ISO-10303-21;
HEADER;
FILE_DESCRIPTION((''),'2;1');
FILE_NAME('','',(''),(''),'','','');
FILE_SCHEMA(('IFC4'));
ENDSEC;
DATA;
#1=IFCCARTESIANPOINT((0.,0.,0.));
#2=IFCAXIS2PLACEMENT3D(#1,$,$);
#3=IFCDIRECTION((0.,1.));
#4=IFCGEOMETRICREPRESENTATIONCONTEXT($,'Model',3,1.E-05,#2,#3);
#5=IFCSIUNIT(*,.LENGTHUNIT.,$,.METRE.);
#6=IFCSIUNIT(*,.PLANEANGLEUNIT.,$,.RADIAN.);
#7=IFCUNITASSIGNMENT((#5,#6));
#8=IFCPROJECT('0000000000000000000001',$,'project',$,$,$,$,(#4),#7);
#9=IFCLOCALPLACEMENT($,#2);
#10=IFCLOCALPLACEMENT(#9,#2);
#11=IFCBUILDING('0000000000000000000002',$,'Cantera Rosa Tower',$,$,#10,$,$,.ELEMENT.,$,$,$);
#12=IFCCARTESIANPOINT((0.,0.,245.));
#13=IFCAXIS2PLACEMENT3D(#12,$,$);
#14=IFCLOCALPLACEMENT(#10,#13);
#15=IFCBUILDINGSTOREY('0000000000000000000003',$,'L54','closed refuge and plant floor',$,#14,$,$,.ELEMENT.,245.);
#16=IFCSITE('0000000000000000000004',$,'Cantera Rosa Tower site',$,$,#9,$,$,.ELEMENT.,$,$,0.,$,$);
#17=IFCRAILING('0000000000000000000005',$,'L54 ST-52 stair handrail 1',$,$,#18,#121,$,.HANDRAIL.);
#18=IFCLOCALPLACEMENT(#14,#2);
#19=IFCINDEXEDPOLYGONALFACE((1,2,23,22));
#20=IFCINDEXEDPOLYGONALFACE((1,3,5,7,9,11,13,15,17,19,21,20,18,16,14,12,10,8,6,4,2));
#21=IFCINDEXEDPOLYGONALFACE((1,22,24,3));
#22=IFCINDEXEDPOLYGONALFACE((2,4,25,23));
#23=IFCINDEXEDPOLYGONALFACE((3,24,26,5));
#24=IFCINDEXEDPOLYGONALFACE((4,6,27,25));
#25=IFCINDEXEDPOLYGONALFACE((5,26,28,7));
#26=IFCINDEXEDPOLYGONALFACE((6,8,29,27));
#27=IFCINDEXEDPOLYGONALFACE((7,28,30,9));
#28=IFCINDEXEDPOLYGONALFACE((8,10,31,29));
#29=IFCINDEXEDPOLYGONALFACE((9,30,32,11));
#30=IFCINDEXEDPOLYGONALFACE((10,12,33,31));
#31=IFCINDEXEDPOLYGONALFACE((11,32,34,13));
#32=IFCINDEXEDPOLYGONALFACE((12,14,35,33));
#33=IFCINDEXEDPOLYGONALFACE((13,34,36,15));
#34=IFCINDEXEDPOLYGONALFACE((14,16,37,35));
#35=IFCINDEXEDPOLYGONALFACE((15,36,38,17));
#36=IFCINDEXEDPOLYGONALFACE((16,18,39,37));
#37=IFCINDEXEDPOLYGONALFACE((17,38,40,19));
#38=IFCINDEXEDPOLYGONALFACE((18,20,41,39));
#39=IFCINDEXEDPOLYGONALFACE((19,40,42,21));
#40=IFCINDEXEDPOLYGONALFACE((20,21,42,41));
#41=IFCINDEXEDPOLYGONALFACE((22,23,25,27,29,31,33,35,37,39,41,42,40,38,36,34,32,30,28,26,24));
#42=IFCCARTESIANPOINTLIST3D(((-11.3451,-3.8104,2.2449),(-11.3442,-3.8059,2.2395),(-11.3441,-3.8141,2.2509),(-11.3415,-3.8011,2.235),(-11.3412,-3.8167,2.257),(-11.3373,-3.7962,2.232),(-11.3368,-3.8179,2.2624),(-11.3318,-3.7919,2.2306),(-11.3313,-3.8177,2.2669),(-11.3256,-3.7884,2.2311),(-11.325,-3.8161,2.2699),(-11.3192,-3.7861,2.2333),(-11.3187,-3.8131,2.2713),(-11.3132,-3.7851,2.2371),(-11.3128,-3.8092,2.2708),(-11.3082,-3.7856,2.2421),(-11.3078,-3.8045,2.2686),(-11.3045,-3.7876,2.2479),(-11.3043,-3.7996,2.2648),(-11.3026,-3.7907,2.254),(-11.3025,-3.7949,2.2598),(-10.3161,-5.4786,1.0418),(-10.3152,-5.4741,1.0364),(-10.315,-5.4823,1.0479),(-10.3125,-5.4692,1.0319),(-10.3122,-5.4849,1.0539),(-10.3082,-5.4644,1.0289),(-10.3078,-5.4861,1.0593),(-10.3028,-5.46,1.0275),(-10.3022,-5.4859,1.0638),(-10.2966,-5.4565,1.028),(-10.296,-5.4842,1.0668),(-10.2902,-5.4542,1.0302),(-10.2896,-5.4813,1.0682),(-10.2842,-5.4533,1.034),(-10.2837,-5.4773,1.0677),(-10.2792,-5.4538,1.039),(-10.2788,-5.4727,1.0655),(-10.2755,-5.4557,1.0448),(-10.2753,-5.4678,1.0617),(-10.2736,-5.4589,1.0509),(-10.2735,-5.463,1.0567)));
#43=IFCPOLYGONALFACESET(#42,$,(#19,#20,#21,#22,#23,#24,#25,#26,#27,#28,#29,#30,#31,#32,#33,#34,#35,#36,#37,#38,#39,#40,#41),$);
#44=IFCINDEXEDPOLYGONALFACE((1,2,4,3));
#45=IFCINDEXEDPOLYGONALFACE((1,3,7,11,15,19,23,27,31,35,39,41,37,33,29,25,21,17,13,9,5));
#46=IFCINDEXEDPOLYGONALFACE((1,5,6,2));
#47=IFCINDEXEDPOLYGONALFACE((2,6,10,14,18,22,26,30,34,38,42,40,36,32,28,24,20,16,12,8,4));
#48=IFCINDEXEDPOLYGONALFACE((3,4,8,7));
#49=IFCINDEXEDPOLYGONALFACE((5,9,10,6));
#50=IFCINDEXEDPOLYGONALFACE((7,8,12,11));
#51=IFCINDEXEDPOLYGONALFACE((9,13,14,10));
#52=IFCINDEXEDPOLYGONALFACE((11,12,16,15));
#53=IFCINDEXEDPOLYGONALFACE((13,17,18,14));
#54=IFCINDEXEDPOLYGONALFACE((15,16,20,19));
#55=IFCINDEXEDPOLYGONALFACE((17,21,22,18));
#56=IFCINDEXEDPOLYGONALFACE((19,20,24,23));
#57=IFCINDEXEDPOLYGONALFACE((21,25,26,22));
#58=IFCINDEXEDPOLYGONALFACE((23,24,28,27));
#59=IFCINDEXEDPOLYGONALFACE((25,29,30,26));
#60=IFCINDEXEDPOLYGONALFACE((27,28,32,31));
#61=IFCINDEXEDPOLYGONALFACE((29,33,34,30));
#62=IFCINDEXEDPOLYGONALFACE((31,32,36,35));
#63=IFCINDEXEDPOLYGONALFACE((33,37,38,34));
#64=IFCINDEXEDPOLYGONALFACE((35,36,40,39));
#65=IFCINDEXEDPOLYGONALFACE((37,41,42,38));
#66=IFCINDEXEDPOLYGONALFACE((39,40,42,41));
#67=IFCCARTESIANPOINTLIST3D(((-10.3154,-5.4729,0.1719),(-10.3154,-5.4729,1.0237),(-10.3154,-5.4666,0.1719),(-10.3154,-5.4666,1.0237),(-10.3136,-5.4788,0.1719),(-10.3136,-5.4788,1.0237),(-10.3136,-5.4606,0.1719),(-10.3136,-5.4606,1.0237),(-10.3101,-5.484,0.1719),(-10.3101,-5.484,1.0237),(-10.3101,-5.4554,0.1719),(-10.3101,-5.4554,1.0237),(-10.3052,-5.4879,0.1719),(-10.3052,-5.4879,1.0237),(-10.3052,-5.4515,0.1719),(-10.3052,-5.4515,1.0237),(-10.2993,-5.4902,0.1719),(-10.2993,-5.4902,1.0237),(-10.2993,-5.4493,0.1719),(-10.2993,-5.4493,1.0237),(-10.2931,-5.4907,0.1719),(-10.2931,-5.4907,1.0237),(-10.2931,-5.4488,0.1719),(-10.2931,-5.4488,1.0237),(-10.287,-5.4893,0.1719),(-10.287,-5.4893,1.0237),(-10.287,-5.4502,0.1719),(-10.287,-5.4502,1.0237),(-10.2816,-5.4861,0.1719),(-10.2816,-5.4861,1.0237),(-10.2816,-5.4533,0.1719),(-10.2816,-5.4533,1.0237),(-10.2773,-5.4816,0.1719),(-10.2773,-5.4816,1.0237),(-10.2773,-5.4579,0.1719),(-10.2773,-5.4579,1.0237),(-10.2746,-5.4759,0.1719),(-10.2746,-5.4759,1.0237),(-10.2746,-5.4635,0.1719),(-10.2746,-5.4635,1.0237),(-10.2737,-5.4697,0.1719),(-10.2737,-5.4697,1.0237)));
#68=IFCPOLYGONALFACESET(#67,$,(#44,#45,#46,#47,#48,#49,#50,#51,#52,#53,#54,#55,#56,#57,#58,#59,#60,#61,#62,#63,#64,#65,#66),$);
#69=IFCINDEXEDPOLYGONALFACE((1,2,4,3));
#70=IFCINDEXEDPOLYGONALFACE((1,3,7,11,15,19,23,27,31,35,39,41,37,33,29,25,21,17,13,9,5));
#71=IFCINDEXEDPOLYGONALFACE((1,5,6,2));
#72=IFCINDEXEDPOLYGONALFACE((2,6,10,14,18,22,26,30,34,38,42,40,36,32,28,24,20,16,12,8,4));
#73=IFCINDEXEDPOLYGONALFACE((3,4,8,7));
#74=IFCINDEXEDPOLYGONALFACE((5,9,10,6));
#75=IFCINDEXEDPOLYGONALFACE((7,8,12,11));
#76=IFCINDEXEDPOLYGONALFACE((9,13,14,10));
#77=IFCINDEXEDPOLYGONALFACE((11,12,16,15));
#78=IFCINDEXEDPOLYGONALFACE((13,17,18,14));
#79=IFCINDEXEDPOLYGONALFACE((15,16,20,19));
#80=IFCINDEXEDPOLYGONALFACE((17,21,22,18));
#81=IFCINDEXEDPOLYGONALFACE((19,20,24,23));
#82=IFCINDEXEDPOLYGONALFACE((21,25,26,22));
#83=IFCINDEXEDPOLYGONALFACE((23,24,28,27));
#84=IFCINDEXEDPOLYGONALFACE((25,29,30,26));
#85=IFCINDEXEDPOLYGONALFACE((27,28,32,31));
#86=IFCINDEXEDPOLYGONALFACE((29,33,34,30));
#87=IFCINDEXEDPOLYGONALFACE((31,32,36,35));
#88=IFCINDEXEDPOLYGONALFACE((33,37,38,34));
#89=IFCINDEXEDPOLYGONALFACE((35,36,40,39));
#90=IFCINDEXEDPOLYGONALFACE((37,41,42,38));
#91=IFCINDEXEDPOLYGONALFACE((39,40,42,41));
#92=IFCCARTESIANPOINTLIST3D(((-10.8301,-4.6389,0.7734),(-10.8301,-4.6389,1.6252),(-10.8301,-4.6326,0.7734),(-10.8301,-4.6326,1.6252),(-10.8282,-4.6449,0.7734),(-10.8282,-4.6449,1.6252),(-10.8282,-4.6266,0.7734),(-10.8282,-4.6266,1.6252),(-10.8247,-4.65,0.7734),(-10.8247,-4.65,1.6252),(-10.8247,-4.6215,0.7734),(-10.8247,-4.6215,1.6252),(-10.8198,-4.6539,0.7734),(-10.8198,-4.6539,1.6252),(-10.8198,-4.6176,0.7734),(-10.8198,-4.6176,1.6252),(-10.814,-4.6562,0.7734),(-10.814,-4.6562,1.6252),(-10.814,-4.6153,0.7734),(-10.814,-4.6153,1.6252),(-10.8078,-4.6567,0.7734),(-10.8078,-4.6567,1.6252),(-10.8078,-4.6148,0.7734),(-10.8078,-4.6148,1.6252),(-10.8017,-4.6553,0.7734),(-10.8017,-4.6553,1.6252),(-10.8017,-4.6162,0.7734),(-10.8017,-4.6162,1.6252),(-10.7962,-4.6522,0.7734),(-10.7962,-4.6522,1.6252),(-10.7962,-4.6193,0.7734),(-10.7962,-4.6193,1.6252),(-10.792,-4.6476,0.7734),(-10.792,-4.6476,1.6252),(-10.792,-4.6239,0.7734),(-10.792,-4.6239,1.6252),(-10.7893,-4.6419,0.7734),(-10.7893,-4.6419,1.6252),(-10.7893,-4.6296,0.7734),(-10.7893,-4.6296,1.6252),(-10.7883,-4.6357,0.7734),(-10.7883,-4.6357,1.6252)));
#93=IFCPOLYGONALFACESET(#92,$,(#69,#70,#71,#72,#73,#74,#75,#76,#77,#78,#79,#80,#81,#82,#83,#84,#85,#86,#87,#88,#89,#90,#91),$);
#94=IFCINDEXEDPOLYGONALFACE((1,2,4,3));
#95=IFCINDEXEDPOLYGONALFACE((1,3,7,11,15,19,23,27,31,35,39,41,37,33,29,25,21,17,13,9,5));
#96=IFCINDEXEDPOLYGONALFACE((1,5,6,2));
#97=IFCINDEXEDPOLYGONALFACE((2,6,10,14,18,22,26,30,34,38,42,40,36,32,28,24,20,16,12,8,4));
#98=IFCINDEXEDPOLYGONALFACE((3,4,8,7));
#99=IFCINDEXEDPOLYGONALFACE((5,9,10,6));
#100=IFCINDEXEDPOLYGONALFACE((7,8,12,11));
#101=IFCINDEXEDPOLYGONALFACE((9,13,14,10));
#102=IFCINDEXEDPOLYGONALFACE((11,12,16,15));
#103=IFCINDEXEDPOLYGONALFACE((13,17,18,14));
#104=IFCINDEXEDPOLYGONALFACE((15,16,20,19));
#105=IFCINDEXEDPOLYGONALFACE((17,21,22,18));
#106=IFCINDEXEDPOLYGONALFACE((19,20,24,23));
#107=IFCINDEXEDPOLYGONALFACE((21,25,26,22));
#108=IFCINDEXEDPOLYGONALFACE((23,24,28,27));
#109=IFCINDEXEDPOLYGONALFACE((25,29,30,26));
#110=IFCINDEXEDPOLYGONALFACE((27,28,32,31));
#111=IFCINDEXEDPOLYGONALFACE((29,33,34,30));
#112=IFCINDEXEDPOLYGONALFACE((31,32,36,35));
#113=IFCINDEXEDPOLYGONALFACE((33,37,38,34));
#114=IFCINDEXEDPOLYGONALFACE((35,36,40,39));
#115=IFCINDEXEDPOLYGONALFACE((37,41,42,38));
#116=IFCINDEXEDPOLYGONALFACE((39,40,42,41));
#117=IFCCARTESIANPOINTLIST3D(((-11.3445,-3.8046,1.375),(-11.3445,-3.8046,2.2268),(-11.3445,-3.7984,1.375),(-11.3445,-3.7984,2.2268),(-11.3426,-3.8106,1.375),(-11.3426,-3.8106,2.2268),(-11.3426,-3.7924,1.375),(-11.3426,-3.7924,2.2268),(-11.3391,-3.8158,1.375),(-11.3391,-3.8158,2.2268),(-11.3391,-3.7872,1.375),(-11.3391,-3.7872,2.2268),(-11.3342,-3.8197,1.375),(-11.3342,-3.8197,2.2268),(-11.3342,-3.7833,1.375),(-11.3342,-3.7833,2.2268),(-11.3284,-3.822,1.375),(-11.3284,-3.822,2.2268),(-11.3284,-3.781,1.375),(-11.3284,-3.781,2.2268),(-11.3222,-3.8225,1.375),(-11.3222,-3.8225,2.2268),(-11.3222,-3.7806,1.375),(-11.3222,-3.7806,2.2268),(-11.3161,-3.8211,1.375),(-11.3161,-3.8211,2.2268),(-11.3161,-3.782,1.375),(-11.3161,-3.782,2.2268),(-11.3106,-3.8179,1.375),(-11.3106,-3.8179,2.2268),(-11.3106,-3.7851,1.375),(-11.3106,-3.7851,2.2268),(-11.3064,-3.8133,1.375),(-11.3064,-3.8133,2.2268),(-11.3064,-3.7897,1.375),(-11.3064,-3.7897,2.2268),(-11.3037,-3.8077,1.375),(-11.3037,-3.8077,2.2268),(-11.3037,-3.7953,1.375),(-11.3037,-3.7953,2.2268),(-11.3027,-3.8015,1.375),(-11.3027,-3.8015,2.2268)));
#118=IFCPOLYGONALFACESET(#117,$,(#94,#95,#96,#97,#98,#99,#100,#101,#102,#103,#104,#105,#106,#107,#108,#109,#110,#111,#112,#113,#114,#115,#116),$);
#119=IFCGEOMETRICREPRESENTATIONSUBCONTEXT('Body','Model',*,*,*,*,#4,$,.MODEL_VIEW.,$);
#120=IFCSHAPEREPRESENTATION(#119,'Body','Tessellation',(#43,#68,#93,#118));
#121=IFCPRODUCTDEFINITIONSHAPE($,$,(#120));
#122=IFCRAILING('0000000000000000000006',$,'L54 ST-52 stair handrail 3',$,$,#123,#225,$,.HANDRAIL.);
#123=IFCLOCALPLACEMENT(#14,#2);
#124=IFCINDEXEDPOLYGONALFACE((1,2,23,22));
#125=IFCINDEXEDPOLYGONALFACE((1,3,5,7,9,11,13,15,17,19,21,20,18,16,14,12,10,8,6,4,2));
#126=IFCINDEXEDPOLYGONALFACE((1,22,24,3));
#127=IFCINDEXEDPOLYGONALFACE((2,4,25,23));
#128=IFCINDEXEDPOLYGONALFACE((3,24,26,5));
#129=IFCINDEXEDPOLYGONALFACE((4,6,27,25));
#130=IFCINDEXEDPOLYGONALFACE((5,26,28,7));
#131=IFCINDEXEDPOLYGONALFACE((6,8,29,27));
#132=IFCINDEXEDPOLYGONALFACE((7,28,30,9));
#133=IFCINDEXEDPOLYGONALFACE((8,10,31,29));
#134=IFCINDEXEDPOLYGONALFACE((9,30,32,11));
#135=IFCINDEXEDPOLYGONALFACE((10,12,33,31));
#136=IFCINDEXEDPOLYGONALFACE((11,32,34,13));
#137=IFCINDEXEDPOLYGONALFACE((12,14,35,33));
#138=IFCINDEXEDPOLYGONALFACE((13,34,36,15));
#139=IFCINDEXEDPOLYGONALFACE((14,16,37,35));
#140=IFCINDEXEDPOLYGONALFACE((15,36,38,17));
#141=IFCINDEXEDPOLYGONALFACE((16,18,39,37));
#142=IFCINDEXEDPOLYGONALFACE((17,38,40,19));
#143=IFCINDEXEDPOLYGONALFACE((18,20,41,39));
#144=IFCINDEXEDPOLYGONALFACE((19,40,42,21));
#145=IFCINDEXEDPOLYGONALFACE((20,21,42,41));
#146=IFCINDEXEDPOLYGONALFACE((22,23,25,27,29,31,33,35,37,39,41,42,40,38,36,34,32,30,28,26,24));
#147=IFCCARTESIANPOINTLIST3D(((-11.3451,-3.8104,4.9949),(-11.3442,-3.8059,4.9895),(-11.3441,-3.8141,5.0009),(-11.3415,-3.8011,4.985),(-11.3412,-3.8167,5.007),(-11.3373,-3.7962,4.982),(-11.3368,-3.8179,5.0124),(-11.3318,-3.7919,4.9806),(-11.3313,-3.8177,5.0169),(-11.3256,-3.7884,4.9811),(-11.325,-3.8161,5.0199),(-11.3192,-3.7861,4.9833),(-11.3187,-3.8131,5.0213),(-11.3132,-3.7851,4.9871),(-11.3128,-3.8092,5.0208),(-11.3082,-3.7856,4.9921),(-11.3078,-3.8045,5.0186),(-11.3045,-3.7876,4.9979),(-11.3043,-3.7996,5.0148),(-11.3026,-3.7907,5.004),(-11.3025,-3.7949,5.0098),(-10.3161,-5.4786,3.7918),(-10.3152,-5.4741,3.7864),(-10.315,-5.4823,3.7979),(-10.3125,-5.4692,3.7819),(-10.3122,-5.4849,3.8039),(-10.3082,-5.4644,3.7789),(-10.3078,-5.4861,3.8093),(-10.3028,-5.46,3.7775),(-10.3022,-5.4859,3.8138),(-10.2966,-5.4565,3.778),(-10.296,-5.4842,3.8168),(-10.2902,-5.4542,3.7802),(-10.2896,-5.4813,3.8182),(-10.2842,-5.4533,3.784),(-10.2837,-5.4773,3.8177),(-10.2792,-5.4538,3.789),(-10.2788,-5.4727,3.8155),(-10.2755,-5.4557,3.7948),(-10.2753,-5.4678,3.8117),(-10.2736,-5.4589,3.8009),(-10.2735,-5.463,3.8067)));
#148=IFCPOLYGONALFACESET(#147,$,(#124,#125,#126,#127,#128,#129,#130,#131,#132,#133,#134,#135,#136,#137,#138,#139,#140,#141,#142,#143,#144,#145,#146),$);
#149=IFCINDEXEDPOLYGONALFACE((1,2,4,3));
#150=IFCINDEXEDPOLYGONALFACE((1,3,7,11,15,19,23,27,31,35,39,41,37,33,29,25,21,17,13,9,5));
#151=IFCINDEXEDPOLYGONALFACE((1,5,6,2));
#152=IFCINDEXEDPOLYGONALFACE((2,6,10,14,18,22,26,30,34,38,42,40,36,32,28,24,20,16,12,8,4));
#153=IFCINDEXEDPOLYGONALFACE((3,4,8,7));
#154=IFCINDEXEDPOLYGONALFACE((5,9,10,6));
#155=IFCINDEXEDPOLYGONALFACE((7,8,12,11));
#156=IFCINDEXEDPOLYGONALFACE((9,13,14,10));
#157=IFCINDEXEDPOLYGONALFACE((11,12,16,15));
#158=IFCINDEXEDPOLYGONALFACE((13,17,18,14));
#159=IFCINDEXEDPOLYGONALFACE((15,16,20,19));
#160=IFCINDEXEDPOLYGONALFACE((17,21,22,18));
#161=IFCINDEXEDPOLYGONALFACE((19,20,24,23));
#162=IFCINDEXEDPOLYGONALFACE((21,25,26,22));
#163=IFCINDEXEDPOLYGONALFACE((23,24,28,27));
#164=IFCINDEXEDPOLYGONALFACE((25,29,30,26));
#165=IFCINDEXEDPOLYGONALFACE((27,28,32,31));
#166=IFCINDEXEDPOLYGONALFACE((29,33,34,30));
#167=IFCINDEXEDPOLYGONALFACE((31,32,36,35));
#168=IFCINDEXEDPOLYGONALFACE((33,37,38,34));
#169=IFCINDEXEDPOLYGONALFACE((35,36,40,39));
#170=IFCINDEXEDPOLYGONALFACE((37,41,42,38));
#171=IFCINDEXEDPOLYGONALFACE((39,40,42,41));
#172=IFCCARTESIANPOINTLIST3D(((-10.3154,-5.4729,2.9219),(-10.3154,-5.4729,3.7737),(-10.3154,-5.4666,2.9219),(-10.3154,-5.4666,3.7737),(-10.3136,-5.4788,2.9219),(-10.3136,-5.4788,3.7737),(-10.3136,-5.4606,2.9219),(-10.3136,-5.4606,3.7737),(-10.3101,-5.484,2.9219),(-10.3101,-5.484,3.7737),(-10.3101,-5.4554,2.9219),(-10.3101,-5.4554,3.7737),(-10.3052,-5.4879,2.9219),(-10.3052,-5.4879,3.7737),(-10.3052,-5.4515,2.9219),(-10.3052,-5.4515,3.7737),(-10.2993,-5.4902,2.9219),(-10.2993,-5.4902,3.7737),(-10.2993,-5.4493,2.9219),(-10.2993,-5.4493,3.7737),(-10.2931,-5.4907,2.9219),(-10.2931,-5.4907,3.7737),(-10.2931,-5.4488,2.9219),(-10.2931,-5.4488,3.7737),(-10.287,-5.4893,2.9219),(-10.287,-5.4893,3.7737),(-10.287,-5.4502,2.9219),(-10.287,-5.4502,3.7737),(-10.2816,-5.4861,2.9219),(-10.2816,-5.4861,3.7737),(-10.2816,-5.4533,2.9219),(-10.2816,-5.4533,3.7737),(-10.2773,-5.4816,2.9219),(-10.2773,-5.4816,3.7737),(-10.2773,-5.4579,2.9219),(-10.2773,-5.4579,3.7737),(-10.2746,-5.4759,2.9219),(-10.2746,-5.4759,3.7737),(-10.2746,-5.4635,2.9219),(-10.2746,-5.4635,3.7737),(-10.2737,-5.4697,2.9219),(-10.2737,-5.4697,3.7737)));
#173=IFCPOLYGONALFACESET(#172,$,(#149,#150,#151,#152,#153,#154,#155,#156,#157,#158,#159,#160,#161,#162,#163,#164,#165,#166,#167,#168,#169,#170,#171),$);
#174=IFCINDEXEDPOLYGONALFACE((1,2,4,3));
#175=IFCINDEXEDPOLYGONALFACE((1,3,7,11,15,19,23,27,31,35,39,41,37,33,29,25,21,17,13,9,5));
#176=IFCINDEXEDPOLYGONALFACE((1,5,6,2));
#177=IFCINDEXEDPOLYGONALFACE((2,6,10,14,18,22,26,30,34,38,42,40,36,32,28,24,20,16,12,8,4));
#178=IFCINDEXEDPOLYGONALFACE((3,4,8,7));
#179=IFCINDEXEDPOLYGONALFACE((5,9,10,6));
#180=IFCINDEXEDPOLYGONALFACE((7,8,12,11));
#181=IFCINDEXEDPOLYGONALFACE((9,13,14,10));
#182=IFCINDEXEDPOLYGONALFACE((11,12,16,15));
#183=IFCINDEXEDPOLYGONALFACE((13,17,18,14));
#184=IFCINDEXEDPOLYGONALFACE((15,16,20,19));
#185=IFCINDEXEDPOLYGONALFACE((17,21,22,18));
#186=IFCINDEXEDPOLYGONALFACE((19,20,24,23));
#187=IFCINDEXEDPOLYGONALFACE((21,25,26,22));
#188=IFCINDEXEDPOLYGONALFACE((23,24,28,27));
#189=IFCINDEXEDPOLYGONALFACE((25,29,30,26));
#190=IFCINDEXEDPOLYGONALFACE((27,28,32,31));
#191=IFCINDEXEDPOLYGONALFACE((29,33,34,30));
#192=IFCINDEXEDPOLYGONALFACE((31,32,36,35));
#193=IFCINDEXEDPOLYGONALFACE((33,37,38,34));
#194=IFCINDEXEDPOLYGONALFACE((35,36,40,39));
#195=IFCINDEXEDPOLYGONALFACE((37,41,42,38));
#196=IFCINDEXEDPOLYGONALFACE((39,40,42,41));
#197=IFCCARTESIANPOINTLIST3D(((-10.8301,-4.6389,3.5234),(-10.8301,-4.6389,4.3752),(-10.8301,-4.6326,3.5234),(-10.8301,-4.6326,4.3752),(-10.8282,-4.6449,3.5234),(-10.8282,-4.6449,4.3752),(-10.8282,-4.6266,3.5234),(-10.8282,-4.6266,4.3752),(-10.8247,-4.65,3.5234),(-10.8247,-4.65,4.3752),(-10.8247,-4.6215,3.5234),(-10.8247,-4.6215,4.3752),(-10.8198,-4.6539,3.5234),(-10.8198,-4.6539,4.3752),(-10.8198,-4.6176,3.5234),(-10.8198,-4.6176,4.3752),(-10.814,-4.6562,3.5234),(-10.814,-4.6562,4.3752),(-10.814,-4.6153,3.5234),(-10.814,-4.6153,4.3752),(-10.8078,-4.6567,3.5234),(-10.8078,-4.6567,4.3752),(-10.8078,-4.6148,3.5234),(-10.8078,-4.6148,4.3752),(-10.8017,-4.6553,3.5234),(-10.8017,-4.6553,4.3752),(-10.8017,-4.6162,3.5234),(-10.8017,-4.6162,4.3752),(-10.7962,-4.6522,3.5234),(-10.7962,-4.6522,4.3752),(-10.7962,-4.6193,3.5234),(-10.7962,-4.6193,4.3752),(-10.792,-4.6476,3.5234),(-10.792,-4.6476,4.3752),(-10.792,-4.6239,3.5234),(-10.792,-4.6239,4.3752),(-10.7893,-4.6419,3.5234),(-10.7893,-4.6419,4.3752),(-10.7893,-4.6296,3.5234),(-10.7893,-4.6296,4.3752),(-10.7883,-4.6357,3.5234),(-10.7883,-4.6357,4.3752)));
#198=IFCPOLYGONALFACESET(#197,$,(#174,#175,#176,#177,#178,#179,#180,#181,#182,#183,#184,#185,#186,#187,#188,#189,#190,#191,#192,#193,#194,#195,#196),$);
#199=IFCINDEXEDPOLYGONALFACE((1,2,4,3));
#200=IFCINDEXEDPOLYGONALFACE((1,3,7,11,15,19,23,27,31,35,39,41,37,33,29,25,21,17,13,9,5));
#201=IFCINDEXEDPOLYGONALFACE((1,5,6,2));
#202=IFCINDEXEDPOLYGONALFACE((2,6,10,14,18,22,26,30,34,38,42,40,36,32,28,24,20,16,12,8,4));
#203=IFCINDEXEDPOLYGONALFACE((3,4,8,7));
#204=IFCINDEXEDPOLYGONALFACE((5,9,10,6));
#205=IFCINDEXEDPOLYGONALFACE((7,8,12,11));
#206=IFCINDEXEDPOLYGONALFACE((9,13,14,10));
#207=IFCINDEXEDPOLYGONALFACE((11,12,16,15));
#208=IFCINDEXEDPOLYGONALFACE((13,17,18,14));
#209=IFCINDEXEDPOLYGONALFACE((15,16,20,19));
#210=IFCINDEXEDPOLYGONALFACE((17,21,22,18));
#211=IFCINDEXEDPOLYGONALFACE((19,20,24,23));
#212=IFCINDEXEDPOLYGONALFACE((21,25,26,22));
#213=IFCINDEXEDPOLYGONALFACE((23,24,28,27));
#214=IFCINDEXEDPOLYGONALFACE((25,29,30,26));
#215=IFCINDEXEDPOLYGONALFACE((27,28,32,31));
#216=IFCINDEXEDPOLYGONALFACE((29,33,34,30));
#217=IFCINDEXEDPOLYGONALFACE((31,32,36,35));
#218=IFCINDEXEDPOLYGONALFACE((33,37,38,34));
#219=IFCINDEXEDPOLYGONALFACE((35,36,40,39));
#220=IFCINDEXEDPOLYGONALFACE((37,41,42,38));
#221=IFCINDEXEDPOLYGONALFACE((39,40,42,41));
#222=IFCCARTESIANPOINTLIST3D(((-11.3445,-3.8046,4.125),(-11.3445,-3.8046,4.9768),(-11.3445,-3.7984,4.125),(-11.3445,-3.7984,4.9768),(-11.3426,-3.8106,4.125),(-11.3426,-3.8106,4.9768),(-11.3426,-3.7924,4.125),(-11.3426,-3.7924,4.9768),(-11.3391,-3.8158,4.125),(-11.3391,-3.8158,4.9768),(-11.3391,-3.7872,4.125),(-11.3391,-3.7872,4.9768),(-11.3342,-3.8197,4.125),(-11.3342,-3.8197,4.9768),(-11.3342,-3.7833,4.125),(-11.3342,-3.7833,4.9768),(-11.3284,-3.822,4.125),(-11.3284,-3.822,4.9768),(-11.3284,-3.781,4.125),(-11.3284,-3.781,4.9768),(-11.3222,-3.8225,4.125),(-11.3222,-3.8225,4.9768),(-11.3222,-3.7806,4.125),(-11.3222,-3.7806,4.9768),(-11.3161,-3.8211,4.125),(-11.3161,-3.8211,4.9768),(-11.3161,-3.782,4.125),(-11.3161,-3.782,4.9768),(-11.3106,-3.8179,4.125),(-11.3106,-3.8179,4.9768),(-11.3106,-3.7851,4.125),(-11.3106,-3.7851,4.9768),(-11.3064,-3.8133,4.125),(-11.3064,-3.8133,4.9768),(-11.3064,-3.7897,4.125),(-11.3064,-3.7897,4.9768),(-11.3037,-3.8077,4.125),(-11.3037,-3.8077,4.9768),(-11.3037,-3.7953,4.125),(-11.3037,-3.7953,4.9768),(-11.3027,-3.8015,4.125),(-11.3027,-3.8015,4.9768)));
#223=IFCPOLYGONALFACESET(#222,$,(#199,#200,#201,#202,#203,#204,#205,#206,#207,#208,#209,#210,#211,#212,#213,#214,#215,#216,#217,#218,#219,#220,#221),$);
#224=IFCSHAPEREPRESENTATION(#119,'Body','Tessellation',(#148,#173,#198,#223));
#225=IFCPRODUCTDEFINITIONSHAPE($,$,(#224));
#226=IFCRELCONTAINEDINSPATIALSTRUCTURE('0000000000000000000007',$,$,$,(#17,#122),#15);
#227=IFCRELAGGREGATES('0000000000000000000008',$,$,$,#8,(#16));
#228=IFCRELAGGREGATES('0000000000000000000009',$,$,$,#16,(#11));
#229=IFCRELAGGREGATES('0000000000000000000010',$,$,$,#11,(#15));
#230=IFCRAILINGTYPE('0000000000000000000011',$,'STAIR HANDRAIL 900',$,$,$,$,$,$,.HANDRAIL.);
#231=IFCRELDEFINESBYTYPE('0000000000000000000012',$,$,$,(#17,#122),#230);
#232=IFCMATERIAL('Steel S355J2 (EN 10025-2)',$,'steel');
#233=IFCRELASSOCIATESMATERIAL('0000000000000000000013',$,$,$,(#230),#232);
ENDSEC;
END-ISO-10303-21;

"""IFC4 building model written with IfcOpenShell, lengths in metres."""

from ifc_helpers import new_model, si_unit, direction, frame, origin, origin_2d, place, context, subcontext, project, spatial, circle, extrude, material, type_object, element, save


model = new_model("IFC4")

# Units and contexts
model_context = context("Model", 3, precision=1e-05, world=origin(), true_north=direction((0.0, 1.0)))
body_context = subcontext(model_context, "Body", "Model", "MODEL_VIEW")
ifc_project = project(units=[si_unit("LENGTHUNIT", "METRE"), si_unit("PLANEANGLEUNIT", "RADIAN")], contexts=[model_context])

# Site, building, storey
site_placement = place(None, origin())
site = spatial("IfcSite", under=ifc_project, at=site_placement, Name="Cantera Rosa Tower site", CompositionType="ELEMENT", RefElevation=0.0)
building_placement = place(site_placement, origin())
building = spatial("IfcBuilding", under=site, at=building_placement, Name="Cantera Rosa Tower", CompositionType="ELEMENT")
storey_placement = place(building_placement, frame((0.0, 0.0, 245.0)))
storey = spatial("IfcBuildingStorey", under=building, at=storey_placement, Name="L54", Description="closed refuge and plant floor", CompositionType="ELEMENT", Elevation=245.0)

# Railings
ifc_material_1 = material(Name="Steel S355J2 (EN 10025-2)", Category="steel")
railing_type_1 = type_object("IfcRailingType", Name="STAIR HANDRAIL 900", PredefinedType="HANDRAIL", material=ifc_material_1)
for number, where, name in (
    (1, (-10.2947, -5.4697, 0.1719), "L54 ST-52 stair handrail 1"),
    (2, (-10.2947, -5.4697, 2.9219), "L54 ST-52 stair handrail 3"),
):
    element("IfcRailing", number, at=place(storey_placement, frame(where)), inside=storey, type_object=railing_type_1, Name=name, PredefinedType="HANDRAIL", context=body_context, shape_type="SweptSolid", body=[
        extrude(circle(Radius=0.0239, at=origin_2d()), frame((0.0, 0.0, 0.876), z_axis=(-0.44744, 0.725352, 0.523128), x_axis=(-0.851098, -0.525008, 0.0)), (0.0, 0.0, 1.0), 2.2998),
        extrude(circle(Radius=0.021, at=origin_2d()), origin(), (0.0, 0.0, 1.0), 0.8518),
        extrude(circle(Radius=0.021, at=origin_2d()), frame((-0.5146, 0.834, 0.6016)), (0.0, 0.0, 1.0), 0.8518),
        extrude(circle(Radius=0.021, at=origin_2d()), frame((-1.0291, 1.6682, 1.2031)), (0.0, 0.0, 1.0), 0.8518),
    ])

save(model, "model.ifc")
